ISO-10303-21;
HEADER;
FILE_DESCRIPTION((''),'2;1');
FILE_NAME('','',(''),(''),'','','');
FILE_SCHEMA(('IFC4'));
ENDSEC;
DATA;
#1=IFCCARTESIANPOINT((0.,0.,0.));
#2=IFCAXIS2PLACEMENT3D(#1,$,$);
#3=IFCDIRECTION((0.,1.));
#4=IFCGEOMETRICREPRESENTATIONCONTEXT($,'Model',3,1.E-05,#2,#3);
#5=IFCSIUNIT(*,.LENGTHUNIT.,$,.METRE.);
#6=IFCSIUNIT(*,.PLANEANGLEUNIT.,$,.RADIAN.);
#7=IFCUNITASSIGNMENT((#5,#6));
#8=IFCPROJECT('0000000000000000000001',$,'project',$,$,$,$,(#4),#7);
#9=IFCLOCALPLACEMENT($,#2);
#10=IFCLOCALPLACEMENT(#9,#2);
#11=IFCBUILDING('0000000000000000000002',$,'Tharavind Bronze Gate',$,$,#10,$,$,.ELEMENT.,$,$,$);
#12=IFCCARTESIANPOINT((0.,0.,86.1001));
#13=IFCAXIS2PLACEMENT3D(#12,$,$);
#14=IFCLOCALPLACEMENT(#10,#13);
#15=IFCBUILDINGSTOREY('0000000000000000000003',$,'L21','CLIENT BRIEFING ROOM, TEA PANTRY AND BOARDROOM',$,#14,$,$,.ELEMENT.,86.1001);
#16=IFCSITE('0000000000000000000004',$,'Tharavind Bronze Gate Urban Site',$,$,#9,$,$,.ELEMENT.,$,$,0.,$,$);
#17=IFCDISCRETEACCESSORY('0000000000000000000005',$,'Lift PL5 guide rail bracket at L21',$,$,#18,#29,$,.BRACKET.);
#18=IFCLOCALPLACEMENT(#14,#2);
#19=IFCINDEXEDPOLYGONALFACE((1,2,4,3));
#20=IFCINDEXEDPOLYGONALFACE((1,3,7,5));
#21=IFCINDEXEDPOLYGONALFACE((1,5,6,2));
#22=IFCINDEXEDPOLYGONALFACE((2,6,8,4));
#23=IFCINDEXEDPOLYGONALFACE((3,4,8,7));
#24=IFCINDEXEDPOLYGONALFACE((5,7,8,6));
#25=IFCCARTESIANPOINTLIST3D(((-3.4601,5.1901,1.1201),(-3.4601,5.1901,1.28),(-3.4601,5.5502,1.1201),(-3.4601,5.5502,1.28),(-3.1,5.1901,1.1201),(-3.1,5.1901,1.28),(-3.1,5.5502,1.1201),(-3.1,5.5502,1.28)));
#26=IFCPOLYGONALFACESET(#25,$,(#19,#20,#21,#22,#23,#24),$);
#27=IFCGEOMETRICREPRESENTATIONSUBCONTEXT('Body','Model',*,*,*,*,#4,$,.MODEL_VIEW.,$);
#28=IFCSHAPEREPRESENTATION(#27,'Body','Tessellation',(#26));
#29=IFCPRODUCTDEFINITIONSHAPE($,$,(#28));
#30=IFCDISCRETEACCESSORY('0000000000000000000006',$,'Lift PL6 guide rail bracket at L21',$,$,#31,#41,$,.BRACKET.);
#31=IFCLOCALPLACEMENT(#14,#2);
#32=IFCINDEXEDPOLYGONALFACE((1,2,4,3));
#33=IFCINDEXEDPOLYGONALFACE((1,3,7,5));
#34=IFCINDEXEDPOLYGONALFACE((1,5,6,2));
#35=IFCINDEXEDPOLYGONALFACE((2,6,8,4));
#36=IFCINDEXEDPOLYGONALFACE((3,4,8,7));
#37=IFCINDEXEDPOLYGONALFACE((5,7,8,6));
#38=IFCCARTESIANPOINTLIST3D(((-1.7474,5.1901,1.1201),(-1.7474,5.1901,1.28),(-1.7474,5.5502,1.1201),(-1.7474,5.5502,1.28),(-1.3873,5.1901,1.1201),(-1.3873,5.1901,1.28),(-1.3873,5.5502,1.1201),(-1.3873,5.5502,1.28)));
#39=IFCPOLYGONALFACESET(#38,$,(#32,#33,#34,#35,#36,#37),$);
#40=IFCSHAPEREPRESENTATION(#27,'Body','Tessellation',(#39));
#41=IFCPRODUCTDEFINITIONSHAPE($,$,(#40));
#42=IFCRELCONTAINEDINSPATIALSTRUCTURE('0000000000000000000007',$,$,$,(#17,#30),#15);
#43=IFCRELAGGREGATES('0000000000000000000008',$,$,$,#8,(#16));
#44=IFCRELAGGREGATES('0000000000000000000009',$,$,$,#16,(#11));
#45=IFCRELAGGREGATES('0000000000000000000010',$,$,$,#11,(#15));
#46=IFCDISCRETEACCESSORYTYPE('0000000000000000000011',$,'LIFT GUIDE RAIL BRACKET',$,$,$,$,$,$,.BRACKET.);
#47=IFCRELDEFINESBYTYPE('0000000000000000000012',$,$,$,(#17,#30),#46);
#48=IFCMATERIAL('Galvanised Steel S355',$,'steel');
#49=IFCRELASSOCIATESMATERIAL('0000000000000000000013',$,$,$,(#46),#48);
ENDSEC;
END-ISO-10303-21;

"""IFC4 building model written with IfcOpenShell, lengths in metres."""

from ifc_helpers import new_model, si_unit, direction, frame, origin, origin_2d, place, context, subcontext, project, spatial, rectangle, extrude, material, type_object, element, save


model = new_model("IFC4")

# Units and contexts
model_context = context("Model", 3, precision=1e-05, world=origin(), true_north=direction((0.0, 1.0)))
body_context = subcontext(model_context, "Body", "Model", "MODEL_VIEW")
ifc_project = project(units=[si_unit("LENGTHUNIT", "METRE"), si_unit("PLANEANGLEUNIT", "RADIAN")], contexts=[model_context])

# Site, building, storey
site_placement = place(None, origin())
site = spatial("IfcSite", under=ifc_project, at=site_placement, Name="Tharavind Bronze Gate Urban Site", CompositionType="ELEMENT", RefElevation=0.0)
building_placement = place(site_placement, origin())
building = spatial("IfcBuilding", under=site, at=building_placement, Name="Tharavind Bronze Gate", CompositionType="ELEMENT")
storey_placement = place(building_placement, frame((0.0, 0.0, 86.1001)))
storey = spatial("IfcBuildingStorey", under=building, at=storey_placement, Name="L21", Description="CLIENT BRIEFING ROOM, TEA PANTRY AND BOARDROOM", CompositionType="ELEMENT", Elevation=86.1001)

# Discrete accessories
ifc_material_1 = material(Name="Galvanised Steel S355", Category="steel")
discrete_accessory_type = type_object("IfcDiscreteAccessoryType", Name="LIFT GUIDE RAIL BRACKET", PredefinedType="BRACKET", material=ifc_material_1)
for number, where, z_axis, x_axis, name in (
    (1, (-3.28, 5.3701, 1.1201), (0.0, 0.0, 1.0), (1.0, 0.0, 0.0), "Lift PL5 guide rail bracket at L21"),
    (2, (-1.5674, 5.3701, 1.1201), (0.0, 0.0, 1.0), (1.0, 0.0, 0.0), "Lift PL6 guide rail bracket at L21"),
):
    element("IfcDiscreteAccessory", number, at=place(storey_placement, frame(where, z_axis=z_axis, x_axis=x_axis)), inside=storey, type_object=discrete_accessory_type, Name=name, PredefinedType="BRACKET", context=body_context, shape_type="SweptSolid", body=[
        extrude(rectangle(XDim=0.3601, YDim=0.3601, at=origin_2d()), origin(), (0.0, 0.0, 1.0), 0.1599),
    ])

save(model, "model.ifc")
